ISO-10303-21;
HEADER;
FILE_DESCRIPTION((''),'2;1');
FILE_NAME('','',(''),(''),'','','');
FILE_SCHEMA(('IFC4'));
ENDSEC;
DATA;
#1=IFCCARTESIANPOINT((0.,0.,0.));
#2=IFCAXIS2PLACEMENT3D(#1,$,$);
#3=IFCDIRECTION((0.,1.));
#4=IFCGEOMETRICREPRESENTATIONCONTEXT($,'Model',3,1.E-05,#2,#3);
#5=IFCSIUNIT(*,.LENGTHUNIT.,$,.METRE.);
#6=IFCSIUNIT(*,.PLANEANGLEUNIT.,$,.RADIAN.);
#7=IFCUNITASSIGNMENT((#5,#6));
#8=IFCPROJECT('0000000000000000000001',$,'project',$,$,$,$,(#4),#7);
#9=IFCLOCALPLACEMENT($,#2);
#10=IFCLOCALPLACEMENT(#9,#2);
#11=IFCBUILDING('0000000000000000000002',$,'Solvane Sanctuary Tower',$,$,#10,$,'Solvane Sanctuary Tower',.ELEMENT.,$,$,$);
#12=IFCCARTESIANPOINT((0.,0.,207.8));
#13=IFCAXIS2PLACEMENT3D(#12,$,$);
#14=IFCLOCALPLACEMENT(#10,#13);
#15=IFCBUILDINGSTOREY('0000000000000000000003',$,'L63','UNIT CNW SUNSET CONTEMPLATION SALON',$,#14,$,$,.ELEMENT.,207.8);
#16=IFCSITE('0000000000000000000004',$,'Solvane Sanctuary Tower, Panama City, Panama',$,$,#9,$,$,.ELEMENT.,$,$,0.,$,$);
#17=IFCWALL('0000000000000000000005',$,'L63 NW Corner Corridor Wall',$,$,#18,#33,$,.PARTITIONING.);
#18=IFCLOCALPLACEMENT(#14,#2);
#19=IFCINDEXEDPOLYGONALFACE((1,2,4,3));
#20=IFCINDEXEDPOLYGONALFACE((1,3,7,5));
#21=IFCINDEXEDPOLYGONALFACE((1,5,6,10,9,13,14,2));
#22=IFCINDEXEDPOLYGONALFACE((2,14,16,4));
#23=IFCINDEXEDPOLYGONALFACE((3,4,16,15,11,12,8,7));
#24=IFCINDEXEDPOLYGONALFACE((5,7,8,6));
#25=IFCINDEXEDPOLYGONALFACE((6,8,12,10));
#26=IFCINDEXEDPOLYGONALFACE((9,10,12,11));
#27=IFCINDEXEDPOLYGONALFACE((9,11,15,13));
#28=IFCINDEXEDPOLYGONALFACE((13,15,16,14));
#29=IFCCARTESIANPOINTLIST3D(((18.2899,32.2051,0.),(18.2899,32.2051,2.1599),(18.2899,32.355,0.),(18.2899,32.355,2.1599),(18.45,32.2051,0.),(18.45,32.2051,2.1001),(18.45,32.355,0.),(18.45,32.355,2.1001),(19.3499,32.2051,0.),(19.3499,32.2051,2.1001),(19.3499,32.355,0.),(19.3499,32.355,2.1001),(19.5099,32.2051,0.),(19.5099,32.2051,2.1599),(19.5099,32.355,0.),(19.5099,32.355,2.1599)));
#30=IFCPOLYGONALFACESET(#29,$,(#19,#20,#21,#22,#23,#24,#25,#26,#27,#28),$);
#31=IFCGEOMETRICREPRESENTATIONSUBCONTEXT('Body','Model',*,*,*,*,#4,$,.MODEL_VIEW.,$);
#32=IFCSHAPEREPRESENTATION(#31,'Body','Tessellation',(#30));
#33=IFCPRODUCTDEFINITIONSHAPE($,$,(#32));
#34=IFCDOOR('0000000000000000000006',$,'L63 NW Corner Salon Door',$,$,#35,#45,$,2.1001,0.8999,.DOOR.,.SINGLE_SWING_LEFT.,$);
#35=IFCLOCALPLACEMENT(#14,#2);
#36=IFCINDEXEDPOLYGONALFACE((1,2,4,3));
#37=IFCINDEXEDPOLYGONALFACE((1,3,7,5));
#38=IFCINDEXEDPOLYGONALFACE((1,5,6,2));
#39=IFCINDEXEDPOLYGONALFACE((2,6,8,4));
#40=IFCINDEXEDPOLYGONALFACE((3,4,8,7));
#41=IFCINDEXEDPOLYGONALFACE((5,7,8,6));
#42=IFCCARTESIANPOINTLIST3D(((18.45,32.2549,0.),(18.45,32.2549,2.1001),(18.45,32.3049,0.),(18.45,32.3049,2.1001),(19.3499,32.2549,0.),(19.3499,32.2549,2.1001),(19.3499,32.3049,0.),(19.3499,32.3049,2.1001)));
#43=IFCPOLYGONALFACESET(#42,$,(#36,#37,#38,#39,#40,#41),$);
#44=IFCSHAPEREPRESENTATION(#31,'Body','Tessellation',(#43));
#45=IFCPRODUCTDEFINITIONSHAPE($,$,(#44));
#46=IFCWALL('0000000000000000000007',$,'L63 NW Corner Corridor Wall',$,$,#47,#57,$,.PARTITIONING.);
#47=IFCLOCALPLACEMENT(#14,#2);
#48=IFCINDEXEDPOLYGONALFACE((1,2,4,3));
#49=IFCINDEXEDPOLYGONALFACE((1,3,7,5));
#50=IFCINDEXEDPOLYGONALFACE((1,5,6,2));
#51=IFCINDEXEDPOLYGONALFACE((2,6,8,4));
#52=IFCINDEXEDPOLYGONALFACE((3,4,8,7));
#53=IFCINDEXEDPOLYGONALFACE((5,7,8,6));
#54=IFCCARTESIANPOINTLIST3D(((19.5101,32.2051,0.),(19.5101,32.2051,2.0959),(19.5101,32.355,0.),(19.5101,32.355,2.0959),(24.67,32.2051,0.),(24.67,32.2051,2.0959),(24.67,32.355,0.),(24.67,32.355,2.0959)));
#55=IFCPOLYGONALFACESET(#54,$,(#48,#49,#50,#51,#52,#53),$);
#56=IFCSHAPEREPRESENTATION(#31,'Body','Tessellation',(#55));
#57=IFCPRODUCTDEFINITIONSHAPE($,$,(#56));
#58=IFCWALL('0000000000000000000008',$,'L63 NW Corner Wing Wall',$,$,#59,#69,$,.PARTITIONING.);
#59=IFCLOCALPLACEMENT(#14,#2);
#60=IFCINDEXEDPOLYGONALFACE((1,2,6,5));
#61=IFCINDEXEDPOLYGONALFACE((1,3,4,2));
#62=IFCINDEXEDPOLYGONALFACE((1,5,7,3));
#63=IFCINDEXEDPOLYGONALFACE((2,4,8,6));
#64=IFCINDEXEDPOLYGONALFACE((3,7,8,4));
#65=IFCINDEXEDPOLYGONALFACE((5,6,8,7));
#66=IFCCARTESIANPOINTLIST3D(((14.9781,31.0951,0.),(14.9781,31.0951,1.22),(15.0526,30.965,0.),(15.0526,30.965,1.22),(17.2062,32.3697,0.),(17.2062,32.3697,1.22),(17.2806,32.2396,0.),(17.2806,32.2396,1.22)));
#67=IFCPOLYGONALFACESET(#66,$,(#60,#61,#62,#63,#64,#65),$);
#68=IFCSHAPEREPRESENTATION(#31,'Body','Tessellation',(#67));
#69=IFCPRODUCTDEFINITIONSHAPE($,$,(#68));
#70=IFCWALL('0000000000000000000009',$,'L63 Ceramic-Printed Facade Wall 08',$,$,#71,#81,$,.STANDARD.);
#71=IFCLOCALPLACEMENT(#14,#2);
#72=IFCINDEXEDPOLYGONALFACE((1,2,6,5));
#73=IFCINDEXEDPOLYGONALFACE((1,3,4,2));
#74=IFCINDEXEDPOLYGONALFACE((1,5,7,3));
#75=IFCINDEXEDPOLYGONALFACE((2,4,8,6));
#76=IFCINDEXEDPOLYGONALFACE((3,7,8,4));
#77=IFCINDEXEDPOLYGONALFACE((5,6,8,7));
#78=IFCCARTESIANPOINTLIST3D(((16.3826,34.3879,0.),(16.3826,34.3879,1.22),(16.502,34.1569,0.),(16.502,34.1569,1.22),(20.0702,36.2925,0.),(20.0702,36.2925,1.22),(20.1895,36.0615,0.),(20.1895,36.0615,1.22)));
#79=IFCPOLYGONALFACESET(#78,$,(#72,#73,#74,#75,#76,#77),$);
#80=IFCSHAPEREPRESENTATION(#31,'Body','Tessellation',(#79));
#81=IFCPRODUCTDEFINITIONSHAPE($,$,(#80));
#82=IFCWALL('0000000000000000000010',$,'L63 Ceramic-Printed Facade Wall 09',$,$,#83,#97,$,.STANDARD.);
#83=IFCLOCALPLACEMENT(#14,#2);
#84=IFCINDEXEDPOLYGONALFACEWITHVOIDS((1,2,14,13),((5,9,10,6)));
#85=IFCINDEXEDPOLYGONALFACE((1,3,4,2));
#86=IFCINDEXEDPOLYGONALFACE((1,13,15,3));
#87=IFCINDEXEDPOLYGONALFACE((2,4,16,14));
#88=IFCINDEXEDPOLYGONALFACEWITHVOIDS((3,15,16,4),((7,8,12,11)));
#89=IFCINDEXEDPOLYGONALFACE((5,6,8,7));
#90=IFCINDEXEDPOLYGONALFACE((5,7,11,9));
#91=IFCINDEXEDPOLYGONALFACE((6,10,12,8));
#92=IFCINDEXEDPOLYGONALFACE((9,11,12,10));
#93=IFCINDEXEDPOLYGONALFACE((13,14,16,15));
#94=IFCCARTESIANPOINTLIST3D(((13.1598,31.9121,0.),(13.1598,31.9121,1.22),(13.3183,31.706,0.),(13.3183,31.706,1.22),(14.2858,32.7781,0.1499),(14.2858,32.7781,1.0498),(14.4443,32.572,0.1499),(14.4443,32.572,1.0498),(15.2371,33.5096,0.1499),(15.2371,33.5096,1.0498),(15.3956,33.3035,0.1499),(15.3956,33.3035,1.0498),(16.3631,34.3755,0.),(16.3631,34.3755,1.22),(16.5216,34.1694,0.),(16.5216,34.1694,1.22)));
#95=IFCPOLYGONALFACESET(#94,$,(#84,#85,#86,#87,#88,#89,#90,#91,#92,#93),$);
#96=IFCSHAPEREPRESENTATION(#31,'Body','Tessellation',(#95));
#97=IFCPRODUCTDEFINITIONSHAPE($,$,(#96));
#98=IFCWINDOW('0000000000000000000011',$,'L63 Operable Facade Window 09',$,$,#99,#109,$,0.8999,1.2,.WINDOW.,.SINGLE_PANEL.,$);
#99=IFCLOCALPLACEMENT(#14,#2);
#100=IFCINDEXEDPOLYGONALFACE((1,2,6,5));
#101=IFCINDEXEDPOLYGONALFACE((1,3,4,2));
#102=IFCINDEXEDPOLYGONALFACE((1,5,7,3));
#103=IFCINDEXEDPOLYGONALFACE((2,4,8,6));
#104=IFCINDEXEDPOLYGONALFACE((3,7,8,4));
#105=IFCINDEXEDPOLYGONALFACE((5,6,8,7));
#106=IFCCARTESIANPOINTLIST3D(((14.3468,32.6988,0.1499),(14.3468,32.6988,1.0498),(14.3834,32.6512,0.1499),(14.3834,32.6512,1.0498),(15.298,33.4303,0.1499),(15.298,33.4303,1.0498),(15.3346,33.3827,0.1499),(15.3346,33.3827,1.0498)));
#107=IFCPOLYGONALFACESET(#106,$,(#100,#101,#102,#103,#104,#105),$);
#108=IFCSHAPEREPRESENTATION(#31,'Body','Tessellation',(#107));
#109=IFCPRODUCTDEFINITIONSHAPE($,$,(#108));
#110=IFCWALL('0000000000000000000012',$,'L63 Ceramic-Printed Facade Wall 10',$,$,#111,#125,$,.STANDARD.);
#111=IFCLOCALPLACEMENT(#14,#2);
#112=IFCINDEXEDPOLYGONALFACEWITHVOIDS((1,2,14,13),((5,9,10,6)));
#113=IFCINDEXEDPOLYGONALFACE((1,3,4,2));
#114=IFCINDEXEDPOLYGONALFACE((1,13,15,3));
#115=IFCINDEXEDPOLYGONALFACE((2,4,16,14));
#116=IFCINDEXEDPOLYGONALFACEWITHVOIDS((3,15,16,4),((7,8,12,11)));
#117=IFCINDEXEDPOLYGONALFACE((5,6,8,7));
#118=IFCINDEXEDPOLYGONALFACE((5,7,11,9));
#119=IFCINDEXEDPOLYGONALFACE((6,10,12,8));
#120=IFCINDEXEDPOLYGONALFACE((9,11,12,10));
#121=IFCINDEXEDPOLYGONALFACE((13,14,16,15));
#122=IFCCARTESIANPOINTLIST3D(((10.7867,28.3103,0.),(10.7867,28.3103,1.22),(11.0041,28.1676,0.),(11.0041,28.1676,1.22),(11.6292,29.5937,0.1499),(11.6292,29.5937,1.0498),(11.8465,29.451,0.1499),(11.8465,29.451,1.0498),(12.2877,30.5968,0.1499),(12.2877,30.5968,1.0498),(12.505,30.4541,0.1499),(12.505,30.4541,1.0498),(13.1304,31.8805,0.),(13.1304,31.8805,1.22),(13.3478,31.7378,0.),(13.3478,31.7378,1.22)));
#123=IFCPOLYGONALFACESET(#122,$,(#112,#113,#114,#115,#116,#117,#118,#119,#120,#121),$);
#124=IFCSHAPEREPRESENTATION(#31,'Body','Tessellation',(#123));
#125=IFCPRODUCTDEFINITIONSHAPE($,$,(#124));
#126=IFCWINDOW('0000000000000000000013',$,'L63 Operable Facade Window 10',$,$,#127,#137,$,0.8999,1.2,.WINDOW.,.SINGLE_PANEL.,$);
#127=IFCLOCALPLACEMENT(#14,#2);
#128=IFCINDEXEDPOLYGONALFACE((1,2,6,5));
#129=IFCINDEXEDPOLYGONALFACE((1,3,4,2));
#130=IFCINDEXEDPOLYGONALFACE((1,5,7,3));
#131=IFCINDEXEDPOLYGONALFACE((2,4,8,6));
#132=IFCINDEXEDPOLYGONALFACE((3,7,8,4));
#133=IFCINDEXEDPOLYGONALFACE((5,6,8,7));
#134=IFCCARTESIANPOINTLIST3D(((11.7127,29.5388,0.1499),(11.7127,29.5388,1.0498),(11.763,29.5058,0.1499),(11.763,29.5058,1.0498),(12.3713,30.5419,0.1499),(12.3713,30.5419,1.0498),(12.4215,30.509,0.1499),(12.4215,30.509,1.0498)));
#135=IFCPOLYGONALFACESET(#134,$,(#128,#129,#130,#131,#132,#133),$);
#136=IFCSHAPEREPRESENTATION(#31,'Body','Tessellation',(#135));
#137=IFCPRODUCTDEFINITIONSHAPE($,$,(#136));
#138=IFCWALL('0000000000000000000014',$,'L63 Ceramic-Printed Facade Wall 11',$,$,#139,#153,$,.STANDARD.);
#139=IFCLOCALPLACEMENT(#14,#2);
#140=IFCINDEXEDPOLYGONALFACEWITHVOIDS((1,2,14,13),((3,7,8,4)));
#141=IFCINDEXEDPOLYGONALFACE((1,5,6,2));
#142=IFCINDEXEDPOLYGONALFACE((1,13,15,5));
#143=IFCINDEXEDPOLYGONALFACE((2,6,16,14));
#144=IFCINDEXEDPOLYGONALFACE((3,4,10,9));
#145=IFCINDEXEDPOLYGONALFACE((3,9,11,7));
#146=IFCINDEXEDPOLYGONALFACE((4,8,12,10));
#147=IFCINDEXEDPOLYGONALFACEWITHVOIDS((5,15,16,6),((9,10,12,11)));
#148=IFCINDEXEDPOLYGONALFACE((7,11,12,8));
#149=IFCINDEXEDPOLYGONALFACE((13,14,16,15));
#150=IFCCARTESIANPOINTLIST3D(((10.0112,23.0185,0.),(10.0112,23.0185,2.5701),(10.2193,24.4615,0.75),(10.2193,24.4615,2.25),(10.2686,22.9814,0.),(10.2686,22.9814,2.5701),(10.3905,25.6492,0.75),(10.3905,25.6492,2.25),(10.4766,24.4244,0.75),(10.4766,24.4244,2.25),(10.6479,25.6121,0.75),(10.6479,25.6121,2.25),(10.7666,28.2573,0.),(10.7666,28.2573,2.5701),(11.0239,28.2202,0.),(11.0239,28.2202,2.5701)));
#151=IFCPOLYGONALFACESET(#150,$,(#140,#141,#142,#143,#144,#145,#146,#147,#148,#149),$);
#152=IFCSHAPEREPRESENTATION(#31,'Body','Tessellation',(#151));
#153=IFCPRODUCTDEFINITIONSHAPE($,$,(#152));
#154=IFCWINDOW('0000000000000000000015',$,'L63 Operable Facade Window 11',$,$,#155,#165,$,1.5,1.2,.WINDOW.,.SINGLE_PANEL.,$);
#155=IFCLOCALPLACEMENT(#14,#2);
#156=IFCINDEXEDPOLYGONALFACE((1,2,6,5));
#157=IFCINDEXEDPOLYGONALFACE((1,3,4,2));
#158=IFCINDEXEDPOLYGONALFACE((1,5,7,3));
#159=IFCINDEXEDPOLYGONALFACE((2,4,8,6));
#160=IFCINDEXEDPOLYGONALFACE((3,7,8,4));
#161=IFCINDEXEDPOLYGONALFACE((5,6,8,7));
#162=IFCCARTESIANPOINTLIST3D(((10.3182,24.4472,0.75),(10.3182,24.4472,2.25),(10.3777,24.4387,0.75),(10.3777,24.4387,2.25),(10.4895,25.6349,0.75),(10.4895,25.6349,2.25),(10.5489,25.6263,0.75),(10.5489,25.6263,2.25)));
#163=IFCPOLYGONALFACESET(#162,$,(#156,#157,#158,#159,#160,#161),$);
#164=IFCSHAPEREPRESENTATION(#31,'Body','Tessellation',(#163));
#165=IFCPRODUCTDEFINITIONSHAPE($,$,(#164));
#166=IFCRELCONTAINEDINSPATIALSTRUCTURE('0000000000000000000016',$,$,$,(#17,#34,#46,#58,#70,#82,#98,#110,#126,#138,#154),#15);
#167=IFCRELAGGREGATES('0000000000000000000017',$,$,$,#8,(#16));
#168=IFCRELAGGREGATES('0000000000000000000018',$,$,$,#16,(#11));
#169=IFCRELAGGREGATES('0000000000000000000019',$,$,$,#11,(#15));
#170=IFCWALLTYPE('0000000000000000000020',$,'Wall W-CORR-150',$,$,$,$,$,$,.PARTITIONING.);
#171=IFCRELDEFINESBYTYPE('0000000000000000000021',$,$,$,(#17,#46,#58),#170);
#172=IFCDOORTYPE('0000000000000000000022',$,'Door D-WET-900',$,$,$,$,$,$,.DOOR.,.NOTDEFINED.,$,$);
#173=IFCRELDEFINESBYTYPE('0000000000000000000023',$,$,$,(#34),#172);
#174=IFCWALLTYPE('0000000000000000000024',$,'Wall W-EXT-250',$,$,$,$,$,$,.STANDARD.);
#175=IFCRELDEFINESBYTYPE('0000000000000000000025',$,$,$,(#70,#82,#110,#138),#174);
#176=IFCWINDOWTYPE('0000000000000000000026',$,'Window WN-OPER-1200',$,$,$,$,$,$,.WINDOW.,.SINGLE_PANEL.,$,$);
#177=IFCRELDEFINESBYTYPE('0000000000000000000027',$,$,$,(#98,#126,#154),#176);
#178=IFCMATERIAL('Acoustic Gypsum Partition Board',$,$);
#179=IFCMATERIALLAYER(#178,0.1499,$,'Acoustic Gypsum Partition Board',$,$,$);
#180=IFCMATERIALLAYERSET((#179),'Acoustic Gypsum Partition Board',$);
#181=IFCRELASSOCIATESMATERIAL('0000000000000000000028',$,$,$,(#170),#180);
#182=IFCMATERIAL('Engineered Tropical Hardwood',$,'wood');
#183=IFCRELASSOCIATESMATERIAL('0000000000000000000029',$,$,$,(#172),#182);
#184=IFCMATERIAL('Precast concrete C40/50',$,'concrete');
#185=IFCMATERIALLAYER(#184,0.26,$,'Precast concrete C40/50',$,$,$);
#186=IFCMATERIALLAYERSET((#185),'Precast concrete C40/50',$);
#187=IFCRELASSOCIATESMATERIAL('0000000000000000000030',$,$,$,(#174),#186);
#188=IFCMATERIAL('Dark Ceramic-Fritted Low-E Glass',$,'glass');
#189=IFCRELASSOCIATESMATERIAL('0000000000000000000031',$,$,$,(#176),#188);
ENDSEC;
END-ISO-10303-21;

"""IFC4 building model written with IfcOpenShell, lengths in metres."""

from ifc_helpers import new_model, si_unit, direction, frame, frame_2d, origin, place, context, subcontext, project, spatial, rectangle, extrude, material, layer, layer_set, type_object, element, fill, save


model = new_model("IFC4")

# Units and contexts
model_context = context("Model", 3, precision=1e-05, world=origin(), true_north=direction((0.0, 1.0)))
body_context = subcontext(model_context, "Body", "Model", "MODEL_VIEW")
ifc_project = project(units=[si_unit("LENGTHUNIT", "METRE"), si_unit("PLANEANGLEUNIT", "RADIAN")], contexts=[model_context])

# Site, building, storey
site_placement = place(None, origin())
site = spatial("IfcSite", under=ifc_project, at=site_placement, Name="Solvane Sanctuary Tower, Panama City, Panama", CompositionType="ELEMENT", RefElevation=0.0)
building_placement = place(site_placement, origin())
building = spatial("IfcBuilding", under=site, at=building_placement, Name="Solvane Sanctuary Tower", LongName="Solvane Sanctuary Tower", CompositionType="ELEMENT")
storey_placement = place(building_placement, frame((0.0, 0.0, 207.8)))
storey = spatial("IfcBuildingStorey", under=building, at=storey_placement, Name="L63", Description="UNIT CNW SUNSET CONTEMPLATION SALON", CompositionType="ELEMENT", Elevation=207.8)

# Shared definitions
ifc_material_1 = material(Name="Acoustic Gypsum Partition Board")
ifc_layer_1 = layer(ifc_material_1, 0.1499, Name="Acoustic Gypsum Partition Board")
ifc_layer_set_1 = layer_set([ifc_layer_1], Name="Acoustic Gypsum Partition Board")
wall_type_1 = type_object("IfcWallType", Name="Wall W-CORR-150", PredefinedType="PARTITIONING", material=ifc_layer_set_1)

# Wall, opening, door
wall_1_placement = place(storey_placement, frame((18.29, 32.28, 0.0), z_axis=(0.0, 0.0, 1.0), x_axis=(1.0, 0.0, 0.0)))
wall_1 = element("IfcWall", 1, at=wall_1_placement, inside=storey, type_object=wall_type_1, Name="L63 NW Corner Corridor Wall", PredefinedType="PARTITIONING", context=body_context, shape_type="SweptSolid", body=[
    extrude(rectangle(XDim=1.22, YDim=0.1499, at=frame_2d((0.6099, 0.0))), origin(), (0.0, 0.0, 1.0), 2.1599),
])
opening_1_placement = place(wall_1_placement, frame((0.1599, 0.0, 0.0)))
opening_1 = element("IfcOpeningElement", 2, at=opening_1_placement, cuts=wall_1, PredefinedType="OPENING", context=body_context, shape_type="SweptSolid", body=[
    extrude(rectangle(XDim=0.8999, YDim=2.1001, at=frame_2d((0.45, 1.05))), frame((0.0, 0.085, 0.0), z_axis=(0.0, -1.0, 0.0), x_axis=(1.0, 0.0, 0.0)), (0.0, 0.0, 1.0), 0.1699),
])
ifc_material_2 = material(Name="Engineered Tropical Hardwood", Category="wood")
door_type_1 = type_object("IfcDoorType", Name="Door D-WET-900", OperationType="NOTDEFINED", PredefinedType="DOOR", material=ifc_material_2)
door_1_placement = place(opening_1_placement, origin())
door_1 = element("IfcDoor", 3, at=door_1_placement, inside=storey, type_object=door_type_1, Name="L63 NW Corner Salon Door", OperationType="SINGLE_SWING_LEFT", OverallHeight=2.1001, OverallWidth=0.8999, PredefinedType="DOOR", context=body_context, shape_type="SweptSolid", body=[
    extrude(rectangle(XDim=0.8999, YDim=2.1001, at=frame_2d((0.45, 1.05))), frame((0.0, 0.0249, 0.0), z_axis=(0.0, -1.0, 0.0), x_axis=(1.0, 0.0, 0.0)), (0.0, 0.0, 1.0), 0.05),
])
fill(opening_1, door_1)

# Walls
wall_2_placement = place(storey_placement, frame((19.51, 32.28, 0.0), z_axis=(0.0, 0.0, 1.0), x_axis=(1.0, 0.0, 0.0)))
element("IfcWall", 4, at=wall_2_placement, inside=storey, type_object=wall_type_1, Name="L63 NW Corner Corridor Wall", PredefinedType="PARTITIONING", context=body_context, shape_type="SweptSolid", body=[
    extrude(rectangle(XDim=5.1599, YDim=0.1499, at=frame_2d((2.5801, 0.0))), origin(), (0.0, 0.0, 1.0), 2.0959),
])
wall_3_placement = place(storey_placement, frame((17.2434, 32.3047, 0.0), z_axis=(0.0, 0.0, 1.0), x_axis=(-0.867991, -0.496579, 0.0)))
element("IfcWall", 5, at=wall_3_placement, inside=storey, type_object=wall_type_1, Name="L63 NW Corner Wing Wall", PredefinedType="PARTITIONING", context=body_context, shape_type="SweptSolid", body=[
    extrude(rectangle(XDim=2.5669, YDim=0.1499, at=frame_2d((1.2834, 0.0))), origin(), (0.0, 0.0, 1.0), 1.22),
])
ifc_material_3 = material(Name="Precast concrete C40/50", Category="concrete")
ifc_layer_2 = layer(ifc_material_3, 0.26, Name="Precast concrete C40/50")
ifc_layer_set_2 = layer_set([ifc_layer_2], Name="Precast concrete C40/50")
wall_type_2 = type_object("IfcWallType", Name="Wall W-EXT-250", PredefinedType="STANDARD", material=ifc_layer_set_2)
wall_4_placement = place(storey_placement, frame((20.1299, 36.177, 0.0), z_axis=(0.0, 0.0, 1.0), x_axis=(-0.888491, -0.458893, 0.0)))
element("IfcWall", 6, at=wall_4_placement, inside=storey, type_object=wall_type_2, Name="L63 Ceramic-Printed Facade Wall 08", PredefinedType="STANDARD", context=body_context, shape_type="SweptSolid", body=[
    extrude(rectangle(XDim=4.1504, YDim=0.26, at=frame_2d((2.0752, 0.0))), origin(), (0.0, 0.0, 1.0), 1.22),
])

# Walls, openings, windows
wall_5_placement = place(storey_placement, frame((16.4424, 34.2725, 0.0), z_axis=(0.0, 0.0, 1.0), x_axis=(-0.792714, -0.609594, 0.0)))
wall_5 = element("IfcWall", 7, at=wall_5_placement, inside=storey, type_object=wall_type_2, Name="L63 Ceramic-Printed Facade Wall 09", PredefinedType="STANDARD", context=body_context, shape_type="SweptSolid", body=[
    extrude(rectangle(XDim=4.041, YDim=0.26, at=frame_2d((2.0205, 0.0))), origin(), (0.0, 0.0, 1.0), 1.22),
])
opening_2_placement = place(wall_5_placement, frame((1.4204, 0.0, 0.1499)))
opening_2 = element("IfcOpeningElement", 8, at=opening_2_placement, cuts=wall_5, PredefinedType="OPENING", context=body_context, shape_type="SweptSolid", body=[
    extrude(rectangle(XDim=1.2, YDim=0.8999, at=frame_2d((0.6001, 0.45))), frame((0.0, 0.1399, 0.0), z_axis=(0.0, -1.0, 0.0), x_axis=(1.0, 0.0, 0.0)), (0.0, 0.0, 1.0), 0.28),
])
ifc_material_4 = material(Name="Dark Ceramic-Fritted Low-E Glass", Category="glass")
window_type = type_object("IfcWindowType", Name="Window WN-OPER-1200", PartitioningType="SINGLE_PANEL", PredefinedType="WINDOW", material=ifc_material_4)
window_1_placement = place(opening_2_placement, origin())
window_1 = element("IfcWindow", 9, at=window_1_placement, inside=storey, type_object=window_type, Name="L63 Operable Facade Window 09", OverallHeight=0.8999, OverallWidth=1.2, PartitioningType="SINGLE_PANEL", PredefinedType="WINDOW", context=body_context, shape_type="SweptSolid", body=[
    extrude(rectangle(XDim=1.2, YDim=0.8999, at=frame_2d((0.6001, 0.45))), frame((0.0, 0.03, 0.0), z_axis=(0.0, -1.0, 0.0), x_axis=(1.0, 0.0, 0.0)), (0.0, 0.0, 1.0), 0.0601),
])
fill(opening_2, window_1)
wall_6_placement = place(storey_placement, frame((13.239, 31.8091, 0.0), z_axis=(0.0, 0.0, 1.0), x_axis=(-0.548776, -0.835969, 0.0)))
wall_6 = element("IfcWall", 10, at=wall_6_placement, inside=storey, type_object=wall_type_2, Name="L63 Ceramic-Printed Facade Wall 10", PredefinedType="STANDARD", context=body_context, shape_type="SweptSolid", body=[
    extrude(rectangle(XDim=4.2708, YDim=0.26, at=frame_2d((2.1353, 0.0))), origin(), (0.0, 0.0, 1.0), 1.22),
])
opening_3_placement = place(wall_6_placement, frame((1.5354, 0.0, 0.1499)))
opening_3 = element("IfcOpeningElement", 11, at=opening_3_placement, cuts=wall_6, PredefinedType="OPENING", context=body_context, shape_type="SweptSolid", body=[
    extrude(rectangle(XDim=1.2, YDim=0.8999, at=frame_2d((0.6001, 0.45))), frame((0.0, 0.1399, 0.0), z_axis=(0.0, -1.0, 0.0), x_axis=(1.0, 0.0, 0.0)), (0.0, 0.0, 1.0), 0.28),
])
window_2_placement = place(opening_3_placement, origin())
window_2 = element("IfcWindow", 12, at=window_2_placement, inside=storey, type_object=window_type, Name="L63 Operable Facade Window 10", OverallHeight=0.8999, OverallWidth=1.2, PartitioningType="SINGLE_PANEL", PredefinedType="WINDOW", context=body_context, shape_type="SweptSolid", body=[
    extrude(rectangle(XDim=1.2, YDim=0.8999, at=frame_2d((0.6001, 0.45))), frame((0.0, 0.03, 0.0), z_axis=(0.0, -1.0, 0.0), x_axis=(1.0, 0.0, 0.0)), (0.0, 0.0, 1.0), 0.0601),
])
fill(opening_3, window_2)
wall_7_placement = place(storey_placement, frame((10.8953, 28.2388, 0.0), z_axis=(0.0, 0.0, 1.0), x_axis=(-0.142713, -0.989764, 0.0)))
wall_7 = element("IfcWall", 13, at=wall_7_placement, inside=storey, type_object=wall_type_2, Name="L63 Ceramic-Printed Facade Wall 11", PredefinedType="STANDARD", context=body_context, shape_type="SweptSolid", body=[
    extrude(rectangle(XDim=5.293, YDim=0.26, at=frame_2d((2.6465, 0.0))), origin(), (0.0, 0.0, 1.0), 2.5701),
])
opening_4_placement = place(wall_7_placement, frame((2.635, 0.0, 0.75)))
opening_4 = element("IfcOpeningElement", 14, at=opening_4_placement, cuts=wall_7, PredefinedType="OPENING", context=body_context, shape_type="SweptSolid", body=[
    extrude(rectangle(XDim=1.2, YDim=1.5, at=frame_2d((0.6001, 0.75))), frame((0.0, 0.1399, 0.0), z_axis=(0.0, -1.0, 0.0), x_axis=(1.0, 0.0, 0.0)), (0.0, 0.0, 1.0), 0.28),
])
window_3_placement = place(opening_4_placement, origin())
window_3 = element("IfcWindow", 15, at=window_3_placement, inside=storey, type_object=window_type, Name="L63 Operable Facade Window 11", OverallHeight=1.5, OverallWidth=1.2, PartitioningType="SINGLE_PANEL", PredefinedType="WINDOW", context=body_context, shape_type="SweptSolid", body=[
    extrude(rectangle(XDim=1.2, YDim=1.5, at=frame_2d((0.6001, 0.75))), frame((0.0, 0.03, 0.0), z_axis=(0.0, -1.0, 0.0), x_axis=(1.0, 0.0, 0.0)), (0.0, 0.0, 1.0), 0.0601),
])
fill(opening_4, window_3)

save(model, "model.ifc")
